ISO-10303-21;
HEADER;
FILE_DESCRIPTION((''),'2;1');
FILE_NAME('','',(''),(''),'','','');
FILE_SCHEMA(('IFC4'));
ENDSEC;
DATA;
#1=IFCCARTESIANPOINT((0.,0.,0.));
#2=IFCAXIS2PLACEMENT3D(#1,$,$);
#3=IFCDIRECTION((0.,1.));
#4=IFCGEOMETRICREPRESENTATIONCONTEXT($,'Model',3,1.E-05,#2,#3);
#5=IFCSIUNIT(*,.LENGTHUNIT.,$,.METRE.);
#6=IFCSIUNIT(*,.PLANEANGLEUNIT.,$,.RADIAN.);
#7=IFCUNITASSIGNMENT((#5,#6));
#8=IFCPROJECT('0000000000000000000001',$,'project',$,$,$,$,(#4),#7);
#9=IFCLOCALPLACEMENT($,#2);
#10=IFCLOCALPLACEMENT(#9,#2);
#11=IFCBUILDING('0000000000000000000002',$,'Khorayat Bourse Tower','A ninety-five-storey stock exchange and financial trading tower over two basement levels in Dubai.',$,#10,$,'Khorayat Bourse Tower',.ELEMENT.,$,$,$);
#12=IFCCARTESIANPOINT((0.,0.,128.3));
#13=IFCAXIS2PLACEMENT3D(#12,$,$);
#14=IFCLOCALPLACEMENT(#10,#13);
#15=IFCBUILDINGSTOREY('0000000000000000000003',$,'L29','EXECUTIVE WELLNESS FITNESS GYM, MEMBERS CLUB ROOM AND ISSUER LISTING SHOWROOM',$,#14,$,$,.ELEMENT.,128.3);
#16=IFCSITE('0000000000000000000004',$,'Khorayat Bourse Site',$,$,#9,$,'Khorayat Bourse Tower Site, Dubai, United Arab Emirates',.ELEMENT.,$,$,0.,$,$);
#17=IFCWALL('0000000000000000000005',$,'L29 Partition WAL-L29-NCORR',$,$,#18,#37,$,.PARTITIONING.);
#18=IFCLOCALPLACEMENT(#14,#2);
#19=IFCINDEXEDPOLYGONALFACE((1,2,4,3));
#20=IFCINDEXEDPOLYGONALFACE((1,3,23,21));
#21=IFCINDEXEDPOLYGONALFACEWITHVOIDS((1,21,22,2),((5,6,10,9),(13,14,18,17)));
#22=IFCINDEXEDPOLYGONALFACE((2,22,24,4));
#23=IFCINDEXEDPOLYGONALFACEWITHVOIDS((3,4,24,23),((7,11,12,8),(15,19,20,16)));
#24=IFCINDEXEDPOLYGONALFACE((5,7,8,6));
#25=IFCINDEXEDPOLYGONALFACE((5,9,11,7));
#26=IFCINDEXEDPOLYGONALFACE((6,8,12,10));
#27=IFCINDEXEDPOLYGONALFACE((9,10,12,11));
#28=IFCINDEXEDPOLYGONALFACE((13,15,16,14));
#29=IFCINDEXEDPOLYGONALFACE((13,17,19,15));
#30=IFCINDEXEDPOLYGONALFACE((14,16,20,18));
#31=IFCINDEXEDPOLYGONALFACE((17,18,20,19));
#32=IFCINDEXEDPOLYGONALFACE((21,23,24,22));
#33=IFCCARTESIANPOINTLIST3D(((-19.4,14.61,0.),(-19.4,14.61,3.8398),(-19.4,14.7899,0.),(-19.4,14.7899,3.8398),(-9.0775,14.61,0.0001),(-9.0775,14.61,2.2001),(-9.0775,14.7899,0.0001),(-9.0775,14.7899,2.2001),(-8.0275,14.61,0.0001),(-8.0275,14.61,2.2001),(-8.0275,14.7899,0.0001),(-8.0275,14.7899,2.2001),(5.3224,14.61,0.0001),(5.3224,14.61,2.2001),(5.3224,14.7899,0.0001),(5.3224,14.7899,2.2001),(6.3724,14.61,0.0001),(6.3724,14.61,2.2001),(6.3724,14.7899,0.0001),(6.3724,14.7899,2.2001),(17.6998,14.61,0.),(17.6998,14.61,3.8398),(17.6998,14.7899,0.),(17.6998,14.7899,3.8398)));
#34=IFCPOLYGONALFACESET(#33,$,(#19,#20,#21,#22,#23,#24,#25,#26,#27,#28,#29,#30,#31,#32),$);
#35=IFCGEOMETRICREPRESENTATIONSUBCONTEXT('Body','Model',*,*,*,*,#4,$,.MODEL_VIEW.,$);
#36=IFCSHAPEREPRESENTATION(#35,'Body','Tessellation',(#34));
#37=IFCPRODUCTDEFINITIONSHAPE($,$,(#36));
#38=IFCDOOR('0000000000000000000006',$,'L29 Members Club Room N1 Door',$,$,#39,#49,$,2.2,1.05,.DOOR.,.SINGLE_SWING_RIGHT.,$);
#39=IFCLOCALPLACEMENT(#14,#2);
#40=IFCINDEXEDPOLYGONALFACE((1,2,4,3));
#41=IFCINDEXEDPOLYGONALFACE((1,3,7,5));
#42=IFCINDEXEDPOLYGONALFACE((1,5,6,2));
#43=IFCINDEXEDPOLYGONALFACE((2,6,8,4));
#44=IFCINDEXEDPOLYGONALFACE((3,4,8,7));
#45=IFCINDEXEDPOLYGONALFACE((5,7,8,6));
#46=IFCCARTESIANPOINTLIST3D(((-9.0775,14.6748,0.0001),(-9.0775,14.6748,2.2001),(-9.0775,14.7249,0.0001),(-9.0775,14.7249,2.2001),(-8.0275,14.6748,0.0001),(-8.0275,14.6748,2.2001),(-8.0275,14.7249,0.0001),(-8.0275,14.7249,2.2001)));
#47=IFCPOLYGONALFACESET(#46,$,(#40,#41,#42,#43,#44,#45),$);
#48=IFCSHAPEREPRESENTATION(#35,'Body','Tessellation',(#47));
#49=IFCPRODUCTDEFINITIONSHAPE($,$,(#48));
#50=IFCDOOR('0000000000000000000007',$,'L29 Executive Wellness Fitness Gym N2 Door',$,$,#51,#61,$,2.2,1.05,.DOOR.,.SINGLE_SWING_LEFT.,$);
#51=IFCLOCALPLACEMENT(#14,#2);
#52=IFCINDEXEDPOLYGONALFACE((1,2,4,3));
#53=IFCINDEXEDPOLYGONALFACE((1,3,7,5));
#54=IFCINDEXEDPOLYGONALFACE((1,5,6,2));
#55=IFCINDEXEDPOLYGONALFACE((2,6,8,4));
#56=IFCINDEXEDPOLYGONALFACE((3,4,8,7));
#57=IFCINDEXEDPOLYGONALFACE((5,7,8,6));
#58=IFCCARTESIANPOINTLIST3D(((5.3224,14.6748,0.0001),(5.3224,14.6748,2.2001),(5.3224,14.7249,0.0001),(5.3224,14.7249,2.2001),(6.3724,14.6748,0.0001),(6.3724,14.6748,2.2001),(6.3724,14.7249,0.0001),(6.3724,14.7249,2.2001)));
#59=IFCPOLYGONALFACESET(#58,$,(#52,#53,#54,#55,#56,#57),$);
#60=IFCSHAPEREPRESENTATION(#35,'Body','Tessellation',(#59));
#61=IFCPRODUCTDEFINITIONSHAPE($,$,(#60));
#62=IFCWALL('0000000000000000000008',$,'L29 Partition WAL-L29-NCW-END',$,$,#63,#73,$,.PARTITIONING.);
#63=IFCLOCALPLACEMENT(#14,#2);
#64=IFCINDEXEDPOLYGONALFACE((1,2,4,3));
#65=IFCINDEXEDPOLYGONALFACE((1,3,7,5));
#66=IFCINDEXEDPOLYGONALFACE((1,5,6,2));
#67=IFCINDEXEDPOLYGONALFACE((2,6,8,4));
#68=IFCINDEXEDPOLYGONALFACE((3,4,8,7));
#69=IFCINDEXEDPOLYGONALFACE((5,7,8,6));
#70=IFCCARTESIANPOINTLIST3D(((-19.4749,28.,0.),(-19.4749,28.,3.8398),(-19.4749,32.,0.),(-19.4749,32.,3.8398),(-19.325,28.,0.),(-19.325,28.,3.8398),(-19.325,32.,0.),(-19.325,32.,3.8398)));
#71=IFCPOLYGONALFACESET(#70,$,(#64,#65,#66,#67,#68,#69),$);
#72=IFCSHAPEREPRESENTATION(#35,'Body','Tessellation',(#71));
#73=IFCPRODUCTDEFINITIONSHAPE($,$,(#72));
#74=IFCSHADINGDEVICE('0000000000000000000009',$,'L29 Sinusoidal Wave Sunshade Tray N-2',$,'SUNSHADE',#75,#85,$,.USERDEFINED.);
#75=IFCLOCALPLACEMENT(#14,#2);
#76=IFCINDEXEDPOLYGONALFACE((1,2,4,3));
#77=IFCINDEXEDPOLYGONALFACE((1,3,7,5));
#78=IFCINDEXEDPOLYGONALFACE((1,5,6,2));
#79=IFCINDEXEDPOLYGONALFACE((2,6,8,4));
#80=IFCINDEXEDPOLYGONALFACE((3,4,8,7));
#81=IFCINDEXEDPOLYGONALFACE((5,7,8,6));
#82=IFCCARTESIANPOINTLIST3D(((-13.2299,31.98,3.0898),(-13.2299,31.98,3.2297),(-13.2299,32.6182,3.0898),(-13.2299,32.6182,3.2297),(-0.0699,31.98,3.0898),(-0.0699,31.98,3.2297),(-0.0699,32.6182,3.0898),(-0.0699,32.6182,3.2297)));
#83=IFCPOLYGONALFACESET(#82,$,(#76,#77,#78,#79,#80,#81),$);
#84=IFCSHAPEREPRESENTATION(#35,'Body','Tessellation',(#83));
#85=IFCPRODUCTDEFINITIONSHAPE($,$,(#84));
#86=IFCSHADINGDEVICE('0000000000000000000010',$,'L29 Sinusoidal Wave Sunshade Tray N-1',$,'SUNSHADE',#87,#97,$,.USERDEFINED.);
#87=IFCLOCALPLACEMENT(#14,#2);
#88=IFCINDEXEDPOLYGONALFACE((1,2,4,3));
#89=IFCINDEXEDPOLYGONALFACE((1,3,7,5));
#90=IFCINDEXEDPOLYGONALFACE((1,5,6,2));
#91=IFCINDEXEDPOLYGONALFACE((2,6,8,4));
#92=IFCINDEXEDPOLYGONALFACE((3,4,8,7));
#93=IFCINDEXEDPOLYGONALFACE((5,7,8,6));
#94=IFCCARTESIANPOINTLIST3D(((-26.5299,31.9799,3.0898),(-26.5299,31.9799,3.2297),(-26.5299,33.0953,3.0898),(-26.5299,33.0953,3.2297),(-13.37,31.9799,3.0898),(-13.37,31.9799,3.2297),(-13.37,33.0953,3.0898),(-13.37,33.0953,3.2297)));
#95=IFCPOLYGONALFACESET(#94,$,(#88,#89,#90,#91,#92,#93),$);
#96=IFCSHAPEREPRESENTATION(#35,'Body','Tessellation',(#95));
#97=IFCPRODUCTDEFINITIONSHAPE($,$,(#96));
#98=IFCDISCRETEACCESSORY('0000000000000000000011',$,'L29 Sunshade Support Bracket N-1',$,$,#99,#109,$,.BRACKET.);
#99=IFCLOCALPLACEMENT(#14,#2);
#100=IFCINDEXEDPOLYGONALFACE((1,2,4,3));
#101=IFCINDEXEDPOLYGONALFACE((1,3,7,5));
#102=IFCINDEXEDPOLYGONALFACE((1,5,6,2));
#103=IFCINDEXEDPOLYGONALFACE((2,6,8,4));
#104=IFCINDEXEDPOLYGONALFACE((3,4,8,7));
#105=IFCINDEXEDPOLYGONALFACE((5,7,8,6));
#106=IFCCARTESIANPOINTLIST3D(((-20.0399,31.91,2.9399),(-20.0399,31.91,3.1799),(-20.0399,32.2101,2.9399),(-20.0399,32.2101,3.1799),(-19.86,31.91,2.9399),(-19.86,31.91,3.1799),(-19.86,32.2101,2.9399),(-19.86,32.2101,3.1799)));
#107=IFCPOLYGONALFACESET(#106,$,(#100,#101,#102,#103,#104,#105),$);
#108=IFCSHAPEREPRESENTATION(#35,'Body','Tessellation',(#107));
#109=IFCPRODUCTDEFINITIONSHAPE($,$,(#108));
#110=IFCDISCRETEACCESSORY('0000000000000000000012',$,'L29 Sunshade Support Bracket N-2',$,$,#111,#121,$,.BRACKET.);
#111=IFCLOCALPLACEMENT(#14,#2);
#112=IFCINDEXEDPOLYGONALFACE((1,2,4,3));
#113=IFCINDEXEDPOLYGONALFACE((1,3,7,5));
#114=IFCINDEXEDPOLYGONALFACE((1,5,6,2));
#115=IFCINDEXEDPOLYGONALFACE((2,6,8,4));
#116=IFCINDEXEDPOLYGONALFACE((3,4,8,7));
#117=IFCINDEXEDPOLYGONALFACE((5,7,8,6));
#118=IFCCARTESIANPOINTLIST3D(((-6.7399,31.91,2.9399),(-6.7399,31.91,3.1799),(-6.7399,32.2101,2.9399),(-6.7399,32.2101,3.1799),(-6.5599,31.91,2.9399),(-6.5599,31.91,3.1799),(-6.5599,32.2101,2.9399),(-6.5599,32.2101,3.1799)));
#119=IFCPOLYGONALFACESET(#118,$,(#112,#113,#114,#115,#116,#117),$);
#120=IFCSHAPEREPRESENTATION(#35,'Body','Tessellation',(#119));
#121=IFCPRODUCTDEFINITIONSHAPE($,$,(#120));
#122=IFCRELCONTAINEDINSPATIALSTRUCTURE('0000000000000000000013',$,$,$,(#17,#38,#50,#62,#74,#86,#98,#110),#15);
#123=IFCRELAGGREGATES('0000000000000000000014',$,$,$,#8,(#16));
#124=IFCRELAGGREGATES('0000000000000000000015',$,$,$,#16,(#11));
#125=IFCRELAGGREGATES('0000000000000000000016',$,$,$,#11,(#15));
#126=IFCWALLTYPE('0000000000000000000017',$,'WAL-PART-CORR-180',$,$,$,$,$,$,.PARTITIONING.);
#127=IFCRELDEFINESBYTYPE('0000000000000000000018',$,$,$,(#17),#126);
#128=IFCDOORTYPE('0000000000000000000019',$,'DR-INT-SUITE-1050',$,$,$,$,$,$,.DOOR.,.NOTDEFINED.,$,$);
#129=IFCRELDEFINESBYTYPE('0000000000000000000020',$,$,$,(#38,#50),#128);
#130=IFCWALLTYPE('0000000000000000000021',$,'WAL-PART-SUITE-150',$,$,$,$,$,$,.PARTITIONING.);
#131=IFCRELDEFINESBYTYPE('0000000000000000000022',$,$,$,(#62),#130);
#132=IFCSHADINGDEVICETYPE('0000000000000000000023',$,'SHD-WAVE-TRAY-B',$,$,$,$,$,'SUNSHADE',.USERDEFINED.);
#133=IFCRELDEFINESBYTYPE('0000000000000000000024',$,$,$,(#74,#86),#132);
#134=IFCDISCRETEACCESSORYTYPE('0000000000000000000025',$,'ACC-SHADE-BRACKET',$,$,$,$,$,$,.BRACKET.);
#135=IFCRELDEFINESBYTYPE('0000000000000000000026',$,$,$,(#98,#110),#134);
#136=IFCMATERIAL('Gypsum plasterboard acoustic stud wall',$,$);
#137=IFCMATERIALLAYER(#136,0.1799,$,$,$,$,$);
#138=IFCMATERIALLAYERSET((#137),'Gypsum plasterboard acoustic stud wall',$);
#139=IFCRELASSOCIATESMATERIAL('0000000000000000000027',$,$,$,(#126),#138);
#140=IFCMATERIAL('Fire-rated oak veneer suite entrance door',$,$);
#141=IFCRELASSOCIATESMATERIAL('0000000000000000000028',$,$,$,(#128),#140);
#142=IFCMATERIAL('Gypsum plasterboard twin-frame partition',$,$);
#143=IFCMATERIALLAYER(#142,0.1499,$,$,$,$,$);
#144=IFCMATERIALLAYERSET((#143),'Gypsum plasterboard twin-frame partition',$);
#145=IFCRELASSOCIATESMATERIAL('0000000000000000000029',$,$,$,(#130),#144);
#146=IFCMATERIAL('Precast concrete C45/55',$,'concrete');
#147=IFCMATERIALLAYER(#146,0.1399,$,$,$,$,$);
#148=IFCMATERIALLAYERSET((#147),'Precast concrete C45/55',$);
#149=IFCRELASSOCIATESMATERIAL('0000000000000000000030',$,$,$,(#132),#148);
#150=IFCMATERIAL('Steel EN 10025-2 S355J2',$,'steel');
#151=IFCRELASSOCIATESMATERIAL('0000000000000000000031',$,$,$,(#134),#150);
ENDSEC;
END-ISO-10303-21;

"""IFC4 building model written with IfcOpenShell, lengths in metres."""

from ifc_helpers import new_model, si_unit, direction, frame, frame_2d, origin, origin_2d, place, context, subcontext, project, spatial, rectangle, extrude, source, transform, mapped, material, layer, layer_set, type_object, element, fill, save


model = new_model("IFC4")

# Units and contexts
model_context = context("Model", 3, precision=1e-05, world=origin(), true_north=direction((0.0, 1.0)))
body_context = subcontext(model_context, "Body", "Model", "MODEL_VIEW")
ifc_project = project(units=[si_unit("LENGTHUNIT", "METRE"), si_unit("PLANEANGLEUNIT", "RADIAN")], contexts=[model_context])

# Site, building, storey
site_placement = place(None, origin())
site = spatial("IfcSite", under=ifc_project, at=site_placement, Name="Khorayat Bourse Site", LongName="Khorayat Bourse Tower Site, Dubai, United Arab Emirates", CompositionType="ELEMENT", RefElevation=0.0)
building_placement = place(site_placement, origin())
building = spatial("IfcBuilding", under=site, at=building_placement, Name="Khorayat Bourse Tower", Description="A ninety-five-storey stock exchange and financial trading tower over two basement levels in Dubai.", LongName="Khorayat Bourse Tower", CompositionType="ELEMENT")
storey_placement = place(building_placement, frame((0.0, 0.0, 128.3)))
storey = spatial("IfcBuildingStorey", under=building, at=storey_placement, Name="L29", Description="EXECUTIVE WELLNESS FITNESS GYM, MEMBERS CLUB ROOM AND ISSUER LISTING SHOWROOM", CompositionType="ELEMENT", Elevation=128.3)

# Shared definitions
ifc_material_1 = material(Name="Steel EN 10025-2 S355J2", Category="steel")

# Wall, openings, doors
ifc_material_2 = material(Name="Gypsum plasterboard acoustic stud wall")
ifc_layer_1 = layer(ifc_material_2, 0.1799)
ifc_layer_set_1 = layer_set([ifc_layer_1], Name="Gypsum plasterboard acoustic stud wall")
wall_type_1 = type_object("IfcWallType", Name="WAL-PART-CORR-180", PredefinedType="PARTITIONING", material=ifc_layer_set_1)
shared_shape_1 = source(origin(), body_context, "Body", "SweptSolid", [
    extrude(rectangle(XDim=37.0999, YDim=0.1799, at=frame_2d((18.5498, 0.0))), origin(), (0.0, 0.0, 1.0), 3.8398),
])
wall_1_placement = place(storey_placement, frame((-19.3999, 14.7, 0.0), z_axis=(0.0, 0.0, 1.0), x_axis=(1.0, 0.0, 0.0)))
wall_1 = element("IfcWall", 1, at=wall_1_placement, inside=storey, type_object=wall_type_1, Name="L29 Partition WAL-L29-NCORR", PredefinedType="PARTITIONING", context=body_context, shape_type="MappedRepresentation", body=[
    mapped(shared_shape_1, transform((0.0, 0.0, 0.0), scale=1.0)),
])
shared_shape_2 = source(origin(), body_context, "Body", "SweptSolid", [
    extrude(rectangle(XDim=1.05, YDim=2.2, at=frame_2d((0.5249, 1.1001))), frame((0.0, 0.0999, 0.0), z_axis=(0.0, -1.0, 0.0), x_axis=(1.0, 0.0, 0.0)), (0.0, 0.0, 1.0), 0.2),
])
opening_1_placement = place(wall_1_placement, frame((10.3225, 0.0, 0.0)))
opening_1 = element("IfcOpeningElement", 2, at=opening_1_placement, cuts=wall_1, PredefinedType="OPENING", context=body_context, shape_type="MappedRepresentation", body=[
    mapped(shared_shape_2, transform((0.0, 0.0, 0.0), scale=1.0)),
])
opening_2_placement = place(wall_1_placement, frame((24.7224, 0.0, 0.0)))
opening_2 = element("IfcOpeningElement", 3, at=opening_2_placement, cuts=wall_1, PredefinedType="OPENING", context=body_context, shape_type="MappedRepresentation", body=[
    mapped(shared_shape_2, transform((0.0, 0.0, 0.0), scale=1.0)),
])
ifc_material_3 = material(Name="Fire-rated oak veneer suite entrance door")
door_type_1 = type_object("IfcDoorType", Name="DR-INT-SUITE-1050", OperationType="NOTDEFINED", PredefinedType="DOOR", material=ifc_material_3)
shared_shape_3 = source(origin(), body_context, "Body", "SweptSolid", [
    extrude(rectangle(XDim=1.05, YDim=2.2, at=frame_2d((0.5249, 1.1001))), frame((0.0, 0.0249, 0.0), z_axis=(0.0, -1.0, 0.0), x_axis=(1.0, 0.0, 0.0)), (0.0, 0.0, 1.0), 0.05),
])
door_1_placement = place(opening_1_placement, origin())
door_1 = element("IfcDoor", 4, at=door_1_placement, inside=storey, type_object=door_type_1, Name="L29 Members Club Room N1 Door", OperationType="SINGLE_SWING_RIGHT", OverallHeight=2.2, OverallWidth=1.05, PredefinedType="DOOR", context=body_context, shape_type="MappedRepresentation", body=[
    mapped(shared_shape_3, transform((0.0, 0.0, 0.0), scale=1.0)),
])
fill(opening_1, door_1)
door_2_placement = place(opening_2_placement, origin())
door_2 = element("IfcDoor", 5, at=door_2_placement, inside=storey, type_object=door_type_1, Name="L29 Executive Wellness Fitness Gym N2 Door", OperationType="SINGLE_SWING_LEFT", OverallHeight=2.2, OverallWidth=1.05, PredefinedType="DOOR", context=body_context, shape_type="MappedRepresentation", body=[
    mapped(shared_shape_3, transform((0.0, 0.0, 0.0), scale=1.0)),
])
fill(opening_2, door_2)

# Wall
ifc_material_4 = material(Name="Gypsum plasterboard twin-frame partition")
ifc_layer_2 = layer(ifc_material_4, 0.1499)
ifc_layer_set_2 = layer_set([ifc_layer_2], Name="Gypsum plasterboard twin-frame partition")
wall_type_2 = type_object("IfcWallType", Name="WAL-PART-SUITE-150", PredefinedType="PARTITIONING", material=ifc_layer_set_2)
shared_shape_4 = source(origin(), body_context, "Body", "SweptSolid", [
    extrude(rectangle(XDim=4.0, YDim=0.1499, at=frame_2d((2.0, 0.0))), origin(), (0.0, 0.0, 1.0), 3.8398),
])
wall_2_placement = place(storey_placement, frame((-19.3999, 28.0, 0.0), z_axis=(0.0, 0.0, 1.0), x_axis=(0.0, 1.0, 0.0)))
element("IfcWall", 6, at=wall_2_placement, inside=storey, type_object=wall_type_2, Name="L29 Partition WAL-L29-NCW-END", PredefinedType="PARTITIONING", context=body_context, shape_type="MappedRepresentation", body=[
    mapped(shared_shape_4, transform((0.0, 0.0, 0.0), scale=1.0)),
])

# Shading devices
ifc_material_5 = material(Name="Precast concrete C45/55", Category="concrete")
ifc_layer_3 = layer(ifc_material_5, 0.1399)
ifc_layer_set_3 = layer_set([ifc_layer_3], Name="Precast concrete C45/55")
shading_device_type = type_object("IfcShadingDeviceType", Name="SHD-WAVE-TRAY-B", ElementType="SUNSHADE", PredefinedType="USERDEFINED", material=ifc_layer_set_3)
shared_shape_5 = source(origin(), body_context, "Body", "SweptSolid", [
    extrude(rectangle(XDim=13.1599, YDim=0.6382, at=origin_2d()), origin(), (0.0, 0.0, 1.0), 0.1399),
])
shading_device_1_placement = place(storey_placement, frame((-6.6499, 32.2991, 3.0898), z_axis=(0.0, 0.0, 1.0), x_axis=(1.0, 0.0, 0.0)))
element("IfcShadingDevice", 7, at=shading_device_1_placement, inside=storey, type_object=shading_device_type, Name="L29 Sinusoidal Wave Sunshade Tray N-2", ObjectType="SUNSHADE", PredefinedType="USERDEFINED", context=body_context, shape_type="MappedRepresentation", body=[
    mapped(shared_shape_5, transform((0.0, 0.0, 0.0), scale=1.0)),
])
shared_shape_6 = source(origin(), body_context, "Body", "SweptSolid", [
    extrude(rectangle(XDim=13.1599, YDim=1.1155, at=origin_2d()), origin(), (0.0, 0.0, 1.0), 0.1399),
])
shading_device_2_placement = place(storey_placement, frame((-19.95, 32.5376, 3.0898), z_axis=(0.0, 0.0, 1.0), x_axis=(1.0, 0.0, 0.0)))
element("IfcShadingDevice", 8, at=shading_device_2_placement, inside=storey, type_object=shading_device_type, Name="L29 Sinusoidal Wave Sunshade Tray N-1", ObjectType="SUNSHADE", PredefinedType="USERDEFINED", context=body_context, shape_type="MappedRepresentation", body=[
    mapped(shared_shape_6, transform((0.0, 0.0, 0.0), scale=1.0)),
])

# Discrete accessories
discrete_accessory_type = type_object("IfcDiscreteAccessoryType", Name="ACC-SHADE-BRACKET", PredefinedType="BRACKET", material=ifc_material_1)
shared_shape_7 = source(origin(), body_context, "Body", "SweptSolid", [
    extrude(rectangle(XDim=0.1799, YDim=0.3, at=origin_2d()), origin(), (0.0, 0.0, 1.0), 0.24),
])
for number, where, z_axis, x_axis, name in (
    (9, (-19.95, 32.0601, 2.9399), (0.0, 0.0, 1.0), (1.0, 0.0, 0.0), "L29 Sunshade Support Bracket N-1"),
    (10, (-6.6499, 32.0601, 2.9399), (0.0, 0.0, 1.0), (1.0, 0.0, 0.0), "L29 Sunshade Support Bracket N-2"),
):
    element("IfcDiscreteAccessory", number, at=place(storey_placement, frame(where, z_axis=z_axis, x_axis=x_axis)), inside=storey, type_object=discrete_accessory_type, Name=name, PredefinedType="BRACKET", context=body_context, shape_type="MappedRepresentation", body=[
        mapped(shared_shape_7, transform((0.0, 0.0, 0.0), scale=1.0)),
    ])

save(model, "model.ifc")
